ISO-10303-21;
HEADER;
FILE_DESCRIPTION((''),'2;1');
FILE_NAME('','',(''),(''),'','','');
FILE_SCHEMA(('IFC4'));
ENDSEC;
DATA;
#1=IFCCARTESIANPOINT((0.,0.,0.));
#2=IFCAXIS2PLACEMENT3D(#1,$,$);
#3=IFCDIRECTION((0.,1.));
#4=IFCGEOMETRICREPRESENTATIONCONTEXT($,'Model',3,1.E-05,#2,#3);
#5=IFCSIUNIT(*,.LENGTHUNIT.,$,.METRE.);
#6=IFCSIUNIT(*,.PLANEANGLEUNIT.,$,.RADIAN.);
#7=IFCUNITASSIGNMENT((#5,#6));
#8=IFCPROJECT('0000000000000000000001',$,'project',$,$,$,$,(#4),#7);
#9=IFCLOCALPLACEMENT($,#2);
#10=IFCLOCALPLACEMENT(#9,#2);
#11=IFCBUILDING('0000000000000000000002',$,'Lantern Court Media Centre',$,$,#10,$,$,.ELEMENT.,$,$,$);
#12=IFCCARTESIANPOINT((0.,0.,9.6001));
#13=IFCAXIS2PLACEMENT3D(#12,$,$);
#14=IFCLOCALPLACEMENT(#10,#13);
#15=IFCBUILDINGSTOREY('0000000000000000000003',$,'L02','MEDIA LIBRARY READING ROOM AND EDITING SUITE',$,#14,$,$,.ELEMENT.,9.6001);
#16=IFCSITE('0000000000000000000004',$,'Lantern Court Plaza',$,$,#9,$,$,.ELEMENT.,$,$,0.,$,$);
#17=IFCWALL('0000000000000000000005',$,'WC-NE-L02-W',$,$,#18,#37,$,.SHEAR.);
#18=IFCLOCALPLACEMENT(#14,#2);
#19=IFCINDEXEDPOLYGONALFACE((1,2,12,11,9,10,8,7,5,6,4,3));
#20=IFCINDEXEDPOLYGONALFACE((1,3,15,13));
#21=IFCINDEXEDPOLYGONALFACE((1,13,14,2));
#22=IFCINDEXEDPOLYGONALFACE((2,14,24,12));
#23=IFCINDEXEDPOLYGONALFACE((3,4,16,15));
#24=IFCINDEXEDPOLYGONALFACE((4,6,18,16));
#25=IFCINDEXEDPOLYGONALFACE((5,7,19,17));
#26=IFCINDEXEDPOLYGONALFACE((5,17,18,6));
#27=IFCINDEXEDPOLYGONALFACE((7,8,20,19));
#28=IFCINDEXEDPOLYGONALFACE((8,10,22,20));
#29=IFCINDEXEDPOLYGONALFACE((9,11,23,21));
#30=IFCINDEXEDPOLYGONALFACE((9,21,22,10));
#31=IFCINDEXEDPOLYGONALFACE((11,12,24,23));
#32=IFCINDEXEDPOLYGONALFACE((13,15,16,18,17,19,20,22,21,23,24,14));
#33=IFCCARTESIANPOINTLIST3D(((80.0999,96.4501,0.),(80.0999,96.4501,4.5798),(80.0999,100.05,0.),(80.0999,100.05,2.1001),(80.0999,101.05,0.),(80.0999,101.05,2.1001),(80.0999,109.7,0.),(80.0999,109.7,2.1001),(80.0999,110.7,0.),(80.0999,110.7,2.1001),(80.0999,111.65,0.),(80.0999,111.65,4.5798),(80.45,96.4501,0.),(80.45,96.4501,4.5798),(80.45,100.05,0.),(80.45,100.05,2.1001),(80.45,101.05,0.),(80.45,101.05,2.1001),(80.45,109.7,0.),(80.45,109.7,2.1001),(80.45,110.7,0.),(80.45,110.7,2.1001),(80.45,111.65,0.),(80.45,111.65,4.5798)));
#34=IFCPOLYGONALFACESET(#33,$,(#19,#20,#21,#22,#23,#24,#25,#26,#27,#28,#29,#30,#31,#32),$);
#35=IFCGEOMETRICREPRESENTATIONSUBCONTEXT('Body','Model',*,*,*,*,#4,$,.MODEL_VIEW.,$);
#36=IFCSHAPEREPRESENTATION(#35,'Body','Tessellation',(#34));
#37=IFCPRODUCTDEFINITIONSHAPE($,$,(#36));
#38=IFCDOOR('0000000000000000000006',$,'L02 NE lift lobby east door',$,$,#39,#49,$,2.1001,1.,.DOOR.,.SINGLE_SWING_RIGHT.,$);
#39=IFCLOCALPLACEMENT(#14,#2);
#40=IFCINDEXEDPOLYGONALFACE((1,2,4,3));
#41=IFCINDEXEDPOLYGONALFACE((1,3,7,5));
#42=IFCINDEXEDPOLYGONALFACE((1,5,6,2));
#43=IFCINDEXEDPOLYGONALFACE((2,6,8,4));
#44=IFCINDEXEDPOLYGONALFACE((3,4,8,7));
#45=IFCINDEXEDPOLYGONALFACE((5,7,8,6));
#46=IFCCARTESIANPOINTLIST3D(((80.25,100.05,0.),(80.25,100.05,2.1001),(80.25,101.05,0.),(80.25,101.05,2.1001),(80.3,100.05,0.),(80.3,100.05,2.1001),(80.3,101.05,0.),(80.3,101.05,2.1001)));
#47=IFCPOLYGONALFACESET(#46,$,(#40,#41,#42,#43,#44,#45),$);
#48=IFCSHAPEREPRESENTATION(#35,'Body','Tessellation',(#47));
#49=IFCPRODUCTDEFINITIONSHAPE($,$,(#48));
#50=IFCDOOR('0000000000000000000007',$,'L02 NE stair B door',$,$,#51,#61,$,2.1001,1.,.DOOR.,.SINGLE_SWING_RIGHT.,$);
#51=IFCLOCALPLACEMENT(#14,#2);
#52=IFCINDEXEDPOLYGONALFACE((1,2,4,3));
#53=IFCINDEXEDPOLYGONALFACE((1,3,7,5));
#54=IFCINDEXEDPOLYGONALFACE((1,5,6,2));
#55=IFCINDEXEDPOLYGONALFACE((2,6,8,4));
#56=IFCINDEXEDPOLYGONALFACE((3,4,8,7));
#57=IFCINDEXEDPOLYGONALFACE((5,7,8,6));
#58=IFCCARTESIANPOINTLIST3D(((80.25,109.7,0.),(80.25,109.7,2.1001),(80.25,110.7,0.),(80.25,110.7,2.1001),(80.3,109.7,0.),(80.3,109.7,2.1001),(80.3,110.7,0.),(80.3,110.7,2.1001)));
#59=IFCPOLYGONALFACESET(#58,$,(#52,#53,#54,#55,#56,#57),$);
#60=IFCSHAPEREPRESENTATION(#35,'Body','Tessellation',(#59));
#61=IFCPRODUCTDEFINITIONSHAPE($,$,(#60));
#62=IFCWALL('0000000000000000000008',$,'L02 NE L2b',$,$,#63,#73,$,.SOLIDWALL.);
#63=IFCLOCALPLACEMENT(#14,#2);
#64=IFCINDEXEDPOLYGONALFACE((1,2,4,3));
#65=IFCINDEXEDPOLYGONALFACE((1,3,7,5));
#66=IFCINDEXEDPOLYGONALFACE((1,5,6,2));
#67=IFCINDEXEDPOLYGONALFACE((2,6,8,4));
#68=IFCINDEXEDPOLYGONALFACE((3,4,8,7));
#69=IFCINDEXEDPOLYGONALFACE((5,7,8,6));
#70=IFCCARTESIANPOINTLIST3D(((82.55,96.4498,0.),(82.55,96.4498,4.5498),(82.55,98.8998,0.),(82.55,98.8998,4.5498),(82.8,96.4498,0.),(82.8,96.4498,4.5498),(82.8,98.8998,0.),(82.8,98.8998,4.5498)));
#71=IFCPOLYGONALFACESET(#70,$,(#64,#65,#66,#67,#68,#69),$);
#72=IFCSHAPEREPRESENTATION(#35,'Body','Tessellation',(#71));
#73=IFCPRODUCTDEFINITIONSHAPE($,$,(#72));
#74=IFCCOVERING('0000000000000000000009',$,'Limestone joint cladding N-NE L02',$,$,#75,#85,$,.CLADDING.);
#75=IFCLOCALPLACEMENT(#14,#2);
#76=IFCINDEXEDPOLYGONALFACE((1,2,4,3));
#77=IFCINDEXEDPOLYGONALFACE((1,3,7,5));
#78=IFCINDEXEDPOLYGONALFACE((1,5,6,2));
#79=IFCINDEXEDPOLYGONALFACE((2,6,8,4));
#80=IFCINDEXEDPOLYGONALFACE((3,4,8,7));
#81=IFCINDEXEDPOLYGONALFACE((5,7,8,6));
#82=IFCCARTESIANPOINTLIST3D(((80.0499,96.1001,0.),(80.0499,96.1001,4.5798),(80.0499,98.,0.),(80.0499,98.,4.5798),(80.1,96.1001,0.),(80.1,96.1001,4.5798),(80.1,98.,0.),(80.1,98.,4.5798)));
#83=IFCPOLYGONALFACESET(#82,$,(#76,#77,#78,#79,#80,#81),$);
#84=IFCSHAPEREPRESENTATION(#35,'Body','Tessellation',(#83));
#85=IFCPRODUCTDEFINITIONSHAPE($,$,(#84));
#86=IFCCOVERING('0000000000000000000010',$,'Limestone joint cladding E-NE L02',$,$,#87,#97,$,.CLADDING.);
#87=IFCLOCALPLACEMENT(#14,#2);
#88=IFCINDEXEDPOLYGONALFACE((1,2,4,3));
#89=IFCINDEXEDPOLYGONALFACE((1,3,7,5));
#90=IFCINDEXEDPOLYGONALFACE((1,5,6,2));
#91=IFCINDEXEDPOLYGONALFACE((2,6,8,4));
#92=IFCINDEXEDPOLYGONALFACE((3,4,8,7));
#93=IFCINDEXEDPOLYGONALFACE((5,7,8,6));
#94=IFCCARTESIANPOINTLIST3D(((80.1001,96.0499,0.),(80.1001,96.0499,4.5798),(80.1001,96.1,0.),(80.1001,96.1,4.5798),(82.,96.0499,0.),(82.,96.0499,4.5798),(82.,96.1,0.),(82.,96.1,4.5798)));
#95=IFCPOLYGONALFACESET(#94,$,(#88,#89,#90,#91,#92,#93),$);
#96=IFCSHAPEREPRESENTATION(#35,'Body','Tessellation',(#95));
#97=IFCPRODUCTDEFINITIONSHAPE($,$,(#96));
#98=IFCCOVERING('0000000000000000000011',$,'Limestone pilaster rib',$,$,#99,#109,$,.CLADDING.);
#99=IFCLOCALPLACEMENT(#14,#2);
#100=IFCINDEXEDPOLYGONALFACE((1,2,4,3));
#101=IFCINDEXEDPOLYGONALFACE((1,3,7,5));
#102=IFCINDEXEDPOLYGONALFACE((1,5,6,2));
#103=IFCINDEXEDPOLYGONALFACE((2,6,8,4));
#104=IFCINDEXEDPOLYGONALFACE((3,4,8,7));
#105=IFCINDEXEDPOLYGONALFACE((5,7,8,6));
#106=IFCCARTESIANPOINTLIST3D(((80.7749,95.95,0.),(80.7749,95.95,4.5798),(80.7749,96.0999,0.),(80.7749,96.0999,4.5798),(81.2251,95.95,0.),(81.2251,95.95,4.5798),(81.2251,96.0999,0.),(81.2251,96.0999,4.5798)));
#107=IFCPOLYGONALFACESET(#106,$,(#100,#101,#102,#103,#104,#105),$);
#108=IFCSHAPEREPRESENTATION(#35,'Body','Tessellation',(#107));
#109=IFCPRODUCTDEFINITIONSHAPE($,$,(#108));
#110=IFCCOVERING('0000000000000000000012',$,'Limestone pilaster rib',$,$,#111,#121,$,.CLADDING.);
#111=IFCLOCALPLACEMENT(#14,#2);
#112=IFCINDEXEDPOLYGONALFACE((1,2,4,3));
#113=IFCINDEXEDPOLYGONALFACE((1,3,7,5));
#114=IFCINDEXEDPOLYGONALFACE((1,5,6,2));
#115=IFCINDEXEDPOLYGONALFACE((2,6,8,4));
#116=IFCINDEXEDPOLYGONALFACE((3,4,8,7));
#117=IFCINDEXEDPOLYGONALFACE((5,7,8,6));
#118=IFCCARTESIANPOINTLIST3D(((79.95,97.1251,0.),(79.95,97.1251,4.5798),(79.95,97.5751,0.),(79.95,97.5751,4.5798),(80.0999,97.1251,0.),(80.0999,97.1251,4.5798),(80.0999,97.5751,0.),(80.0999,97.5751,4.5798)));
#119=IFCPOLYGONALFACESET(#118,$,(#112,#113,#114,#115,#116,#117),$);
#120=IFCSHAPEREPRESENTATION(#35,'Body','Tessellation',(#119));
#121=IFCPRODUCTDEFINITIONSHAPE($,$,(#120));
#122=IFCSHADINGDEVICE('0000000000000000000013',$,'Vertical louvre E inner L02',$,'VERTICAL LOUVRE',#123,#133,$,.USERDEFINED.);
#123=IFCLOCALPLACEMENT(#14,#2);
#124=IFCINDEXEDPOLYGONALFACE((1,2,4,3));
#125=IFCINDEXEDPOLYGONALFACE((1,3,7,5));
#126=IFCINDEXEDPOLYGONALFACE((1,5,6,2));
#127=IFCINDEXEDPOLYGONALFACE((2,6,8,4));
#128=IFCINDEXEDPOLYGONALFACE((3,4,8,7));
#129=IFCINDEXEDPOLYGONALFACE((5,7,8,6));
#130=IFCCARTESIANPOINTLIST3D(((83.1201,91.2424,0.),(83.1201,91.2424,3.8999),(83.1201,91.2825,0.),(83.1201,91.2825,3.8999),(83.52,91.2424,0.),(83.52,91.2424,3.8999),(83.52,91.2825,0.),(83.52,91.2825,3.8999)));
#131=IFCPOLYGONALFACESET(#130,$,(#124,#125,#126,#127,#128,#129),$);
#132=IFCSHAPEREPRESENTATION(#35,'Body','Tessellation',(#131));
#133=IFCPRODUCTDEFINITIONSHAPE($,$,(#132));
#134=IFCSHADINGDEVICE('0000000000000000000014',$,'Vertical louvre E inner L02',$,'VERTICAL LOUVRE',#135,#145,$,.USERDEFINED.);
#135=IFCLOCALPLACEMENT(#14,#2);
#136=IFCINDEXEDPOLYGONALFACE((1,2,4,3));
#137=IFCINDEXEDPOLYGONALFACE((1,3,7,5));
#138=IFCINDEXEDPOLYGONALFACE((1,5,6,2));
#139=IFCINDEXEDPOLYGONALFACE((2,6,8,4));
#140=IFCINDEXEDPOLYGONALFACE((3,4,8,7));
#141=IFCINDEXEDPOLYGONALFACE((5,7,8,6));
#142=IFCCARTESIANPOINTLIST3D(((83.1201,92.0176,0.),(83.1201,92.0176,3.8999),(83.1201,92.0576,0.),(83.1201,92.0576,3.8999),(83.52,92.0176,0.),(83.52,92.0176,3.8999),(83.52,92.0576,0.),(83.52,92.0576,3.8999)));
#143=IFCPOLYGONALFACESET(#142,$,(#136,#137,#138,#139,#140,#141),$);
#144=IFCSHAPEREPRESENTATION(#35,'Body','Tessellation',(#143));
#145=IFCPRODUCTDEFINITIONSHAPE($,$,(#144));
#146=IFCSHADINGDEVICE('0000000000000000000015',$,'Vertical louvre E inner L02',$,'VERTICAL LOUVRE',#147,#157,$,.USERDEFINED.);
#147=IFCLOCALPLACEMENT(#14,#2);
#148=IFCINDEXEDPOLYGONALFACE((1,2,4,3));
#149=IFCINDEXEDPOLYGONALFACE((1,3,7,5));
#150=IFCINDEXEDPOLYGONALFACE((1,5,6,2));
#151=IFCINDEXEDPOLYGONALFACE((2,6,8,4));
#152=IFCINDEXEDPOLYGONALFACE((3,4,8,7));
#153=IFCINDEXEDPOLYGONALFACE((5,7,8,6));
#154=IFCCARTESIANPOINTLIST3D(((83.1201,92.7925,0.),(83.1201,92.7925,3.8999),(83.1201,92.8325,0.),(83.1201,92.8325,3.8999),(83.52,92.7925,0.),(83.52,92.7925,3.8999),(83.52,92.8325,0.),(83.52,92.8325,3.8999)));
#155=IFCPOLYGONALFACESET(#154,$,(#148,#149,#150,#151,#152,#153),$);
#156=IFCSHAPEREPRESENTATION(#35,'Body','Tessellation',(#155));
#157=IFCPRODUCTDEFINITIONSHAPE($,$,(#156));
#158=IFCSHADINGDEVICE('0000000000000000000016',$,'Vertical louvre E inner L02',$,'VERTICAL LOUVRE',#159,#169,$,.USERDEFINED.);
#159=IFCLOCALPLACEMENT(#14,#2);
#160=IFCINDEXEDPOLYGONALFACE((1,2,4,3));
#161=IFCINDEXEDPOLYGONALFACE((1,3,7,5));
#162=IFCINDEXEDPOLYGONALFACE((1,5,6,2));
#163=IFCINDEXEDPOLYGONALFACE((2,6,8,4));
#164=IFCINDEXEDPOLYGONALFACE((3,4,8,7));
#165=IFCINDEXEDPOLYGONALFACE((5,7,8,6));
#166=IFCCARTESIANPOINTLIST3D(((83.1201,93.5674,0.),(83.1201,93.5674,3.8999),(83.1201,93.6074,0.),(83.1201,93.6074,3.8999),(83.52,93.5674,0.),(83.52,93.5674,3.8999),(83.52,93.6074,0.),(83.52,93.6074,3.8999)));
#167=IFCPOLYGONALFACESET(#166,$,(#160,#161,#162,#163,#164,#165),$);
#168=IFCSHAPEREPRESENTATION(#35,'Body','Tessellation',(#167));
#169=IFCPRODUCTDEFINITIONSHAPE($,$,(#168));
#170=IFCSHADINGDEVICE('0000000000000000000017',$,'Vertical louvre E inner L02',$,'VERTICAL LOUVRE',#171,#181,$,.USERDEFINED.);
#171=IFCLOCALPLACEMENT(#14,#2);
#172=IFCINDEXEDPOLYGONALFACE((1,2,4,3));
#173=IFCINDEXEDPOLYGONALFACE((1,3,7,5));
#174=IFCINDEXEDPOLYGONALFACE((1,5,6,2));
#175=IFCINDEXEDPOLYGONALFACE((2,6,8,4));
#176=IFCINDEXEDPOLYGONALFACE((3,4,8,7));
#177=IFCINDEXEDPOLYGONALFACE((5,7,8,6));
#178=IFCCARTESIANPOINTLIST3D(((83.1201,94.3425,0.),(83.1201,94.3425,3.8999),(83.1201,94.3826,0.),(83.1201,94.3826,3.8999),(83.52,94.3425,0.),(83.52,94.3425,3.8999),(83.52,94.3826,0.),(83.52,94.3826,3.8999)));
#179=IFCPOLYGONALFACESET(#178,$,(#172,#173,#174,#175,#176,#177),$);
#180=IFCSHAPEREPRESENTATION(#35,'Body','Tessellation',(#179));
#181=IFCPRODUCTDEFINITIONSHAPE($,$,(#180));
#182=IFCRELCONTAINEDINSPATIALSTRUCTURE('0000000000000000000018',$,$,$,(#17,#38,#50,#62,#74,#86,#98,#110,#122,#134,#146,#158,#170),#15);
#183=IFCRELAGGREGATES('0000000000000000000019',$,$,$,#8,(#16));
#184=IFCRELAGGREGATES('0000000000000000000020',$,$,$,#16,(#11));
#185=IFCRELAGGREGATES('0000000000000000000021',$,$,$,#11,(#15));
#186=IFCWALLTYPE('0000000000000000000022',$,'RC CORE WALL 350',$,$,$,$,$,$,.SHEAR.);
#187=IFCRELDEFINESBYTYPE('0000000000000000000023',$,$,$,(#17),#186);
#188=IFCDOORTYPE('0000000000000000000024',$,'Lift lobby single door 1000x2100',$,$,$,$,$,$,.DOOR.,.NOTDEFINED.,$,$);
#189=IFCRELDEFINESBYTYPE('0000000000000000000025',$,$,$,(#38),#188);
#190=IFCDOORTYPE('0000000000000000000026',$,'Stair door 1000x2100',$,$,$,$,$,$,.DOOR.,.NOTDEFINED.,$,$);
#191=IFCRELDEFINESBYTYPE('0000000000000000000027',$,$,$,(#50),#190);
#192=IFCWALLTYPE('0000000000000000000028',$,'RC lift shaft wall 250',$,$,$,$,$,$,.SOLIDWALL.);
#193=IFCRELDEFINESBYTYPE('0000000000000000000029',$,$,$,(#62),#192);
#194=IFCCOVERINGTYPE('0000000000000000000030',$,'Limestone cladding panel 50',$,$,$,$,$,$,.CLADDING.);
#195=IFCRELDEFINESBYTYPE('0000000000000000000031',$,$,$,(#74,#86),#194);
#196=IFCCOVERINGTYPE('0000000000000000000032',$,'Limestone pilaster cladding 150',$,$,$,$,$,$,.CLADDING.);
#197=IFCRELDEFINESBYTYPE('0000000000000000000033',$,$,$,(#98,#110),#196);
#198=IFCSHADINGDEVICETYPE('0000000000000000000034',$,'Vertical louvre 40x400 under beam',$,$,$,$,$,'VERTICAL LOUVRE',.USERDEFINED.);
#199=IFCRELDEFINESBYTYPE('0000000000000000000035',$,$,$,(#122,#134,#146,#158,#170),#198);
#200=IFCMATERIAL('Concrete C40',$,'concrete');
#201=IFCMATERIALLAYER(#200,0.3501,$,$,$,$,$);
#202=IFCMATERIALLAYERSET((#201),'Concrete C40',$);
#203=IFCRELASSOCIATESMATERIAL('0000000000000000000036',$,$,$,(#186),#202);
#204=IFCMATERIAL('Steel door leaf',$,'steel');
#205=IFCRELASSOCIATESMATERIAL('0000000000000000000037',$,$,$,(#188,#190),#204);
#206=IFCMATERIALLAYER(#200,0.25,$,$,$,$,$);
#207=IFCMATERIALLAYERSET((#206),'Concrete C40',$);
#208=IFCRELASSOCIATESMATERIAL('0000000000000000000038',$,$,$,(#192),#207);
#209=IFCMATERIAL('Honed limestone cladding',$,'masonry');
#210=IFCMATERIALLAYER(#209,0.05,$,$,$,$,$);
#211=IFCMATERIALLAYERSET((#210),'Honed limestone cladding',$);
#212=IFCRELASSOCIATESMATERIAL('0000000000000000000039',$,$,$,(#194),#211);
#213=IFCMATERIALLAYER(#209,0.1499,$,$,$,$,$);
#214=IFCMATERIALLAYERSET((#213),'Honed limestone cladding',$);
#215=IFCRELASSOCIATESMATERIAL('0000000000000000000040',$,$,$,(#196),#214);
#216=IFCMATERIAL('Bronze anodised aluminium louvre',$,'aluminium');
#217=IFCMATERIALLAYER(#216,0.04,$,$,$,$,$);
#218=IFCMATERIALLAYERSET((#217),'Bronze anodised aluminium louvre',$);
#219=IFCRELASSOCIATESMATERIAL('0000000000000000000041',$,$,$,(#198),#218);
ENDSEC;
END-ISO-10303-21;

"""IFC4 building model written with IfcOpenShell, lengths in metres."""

from ifc_helpers import new_model, si_unit, direction, frame, frame_2d, origin, origin_2d, place, context, subcontext, project, spatial, rectangle, extrude, material, layer, layer_set, type_object, element, fill, save


model = new_model("IFC4")

# Units and contexts
model_context = context("Model", 3, precision=1e-05, world=origin(), true_north=direction((0.0, 1.0)))
body_context = subcontext(model_context, "Body", "Model", "MODEL_VIEW")
ifc_project = project(units=[si_unit("LENGTHUNIT", "METRE"), si_unit("PLANEANGLEUNIT", "RADIAN")], contexts=[model_context])

# Site, building, storey
site_placement = place(None, origin())
site = spatial("IfcSite", under=ifc_project, at=site_placement, Name="Lantern Court Plaza", CompositionType="ELEMENT", RefElevation=0.0)
building_placement = place(site_placement, origin())
building = spatial("IfcBuilding", under=site, at=building_placement, Name="Lantern Court Media Centre", CompositionType="ELEMENT")
storey_placement = place(building_placement, frame((0.0, 0.0, 9.6001)))
storey = spatial("IfcBuildingStorey", under=building, at=storey_placement, Name="L02", Description="MEDIA LIBRARY READING ROOM AND EDITING SUITE", CompositionType="ELEMENT", Elevation=9.6001)

# Shared definitions
ifc_material_1 = material(Name="Concrete C40", Category="concrete")
ifc_layer_1 = layer(ifc_material_1, 0.3501)
ifc_layer_set_1 = layer_set([ifc_layer_1], Name="Concrete C40")
wall_type_1 = type_object("IfcWallType", Name="RC CORE WALL 350", PredefinedType="SHEAR", material=ifc_layer_set_1)

# Wall, openings, doors
wall_1_placement = place(storey_placement, frame((80.2749, 96.45, 0.0), z_axis=(0.0, 0.0, 1.0), x_axis=(0.0, 1.0, 0.0)))
wall_1 = element("IfcWall", 1, at=wall_1_placement, inside=storey, type_object=wall_type_1, Name="WC-NE-L02-W", PredefinedType="SHEAR", context=body_context, shape_type="SweptSolid", body=[
    extrude(rectangle(XDim=15.2, YDim=0.3501, at=frame_2d((7.6001, 0.0))), origin(), (0.0, 0.0, 1.0), 4.5798),
])
opening_1_placement = place(wall_1_placement, frame((13.25, 0.0, 0.0)))
opening_1 = element("IfcOpeningElement", 2, at=opening_1_placement, cuts=wall_1, PredefinedType="OPENING", context=body_context, shape_type="SweptSolid", body=[
    extrude(rectangle(XDim=1.0, YDim=2.1001, at=frame_2d((0.5, 1.05))), frame((0.0, 0.1851, 0.0), z_axis=(0.0, -1.0, 0.0), x_axis=(1.0, 0.0, 0.0)), (0.0, 0.0, 1.0), 0.3701),
])
opening_2_placement = place(wall_1_placement, frame((3.6001, 0.0, 0.0)))
opening_2 = element("IfcOpeningElement", 3, at=opening_2_placement, cuts=wall_1, PredefinedType="OPENING", context=body_context, shape_type="SweptSolid", body=[
    extrude(rectangle(XDim=1.0, YDim=2.1001, at=frame_2d((0.5, 1.05))), frame((0.0, 0.1851, 0.0), z_axis=(0.0, -1.0, 0.0), x_axis=(1.0, 0.0, 0.0)), (0.0, 0.0, 1.0), 0.3701),
])
ifc_material_2 = material(Name="Steel door leaf", Category="steel")
door_type_1 = type_object("IfcDoorType", Name="Lift lobby single door 1000x2100", OperationType="NOTDEFINED", PredefinedType="DOOR", material=ifc_material_2)
door_1_placement = place(opening_2_placement, origin())
door_1 = element("IfcDoor", 4, at=door_1_placement, inside=storey, type_object=door_type_1, Name="L02 NE lift lobby east door", OperationType="SINGLE_SWING_RIGHT", OverallHeight=2.1001, OverallWidth=1.0, PredefinedType="DOOR", context=body_context, shape_type="SweptSolid", body=[
    extrude(rectangle(XDim=1.0, YDim=2.1001, at=frame_2d((0.5, 1.05))), frame((0.0, 0.0249, 0.0), z_axis=(0.0, -1.0, 0.0), x_axis=(1.0, 0.0, 0.0)), (0.0, 0.0, 1.0), 0.05),
])
fill(opening_2, door_1)
door_type_2 = type_object("IfcDoorType", Name="Stair door 1000x2100", OperationType="NOTDEFINED", PredefinedType="DOOR", material=ifc_material_2)
door_2_placement = place(opening_1_placement, origin())
door_2 = element("IfcDoor", 5, at=door_2_placement, inside=storey, type_object=door_type_2, Name="L02 NE stair B door", OperationType="SINGLE_SWING_RIGHT", OverallHeight=2.1001, OverallWidth=1.0, PredefinedType="DOOR", context=body_context, shape_type="SweptSolid", body=[
    extrude(rectangle(XDim=1.0, YDim=2.1001, at=frame_2d((0.5, 1.05))), frame((0.0, 0.0249, 0.0), z_axis=(0.0, -1.0, 0.0), x_axis=(1.0, 0.0, 0.0)), (0.0, 0.0, 1.0), 0.05),
])
fill(opening_1, door_2)

# Wall
ifc_layer_2 = layer(ifc_material_1, 0.25)
ifc_layer_set_2 = layer_set([ifc_layer_2], Name="Concrete C40")
wall_type_2 = type_object("IfcWallType", Name="RC lift shaft wall 250", PredefinedType="SOLIDWALL", material=ifc_layer_set_2)
wall_2_placement = place(storey_placement, frame((82.675, 98.8999, 0.0), z_axis=(0.0, 0.0, 1.0), x_axis=(0.0, -1.0, 0.0)))
element("IfcWall", 6, at=wall_2_placement, inside=storey, type_object=wall_type_2, Name="L02 NE L2b", PredefinedType="SOLIDWALL", context=body_context, shape_type="SweptSolid", body=[
    extrude(rectangle(XDim=2.45, YDim=0.25, at=frame_2d((1.2251, 0.0))), origin(), (0.0, 0.0, 1.0), 4.5498),
])

# Coverings
ifc_material_3 = material(Name="Honed limestone cladding", Category="masonry")
ifc_layer_3 = layer(ifc_material_3, 0.05)
ifc_layer_set_3 = layer_set([ifc_layer_3], Name="Honed limestone cladding")
covering_type_1 = type_object("IfcCoveringType", Name="Limestone cladding panel 50", PredefinedType="CLADDING", material=ifc_layer_set_3)
for number, where, z_axis, x_axis, name in (
    (7, (80.075, 96.1001, 0.0), (0.0, 0.0, 1.0), (0.0, 1.0, 0.0), "Limestone joint cladding N-NE L02"),
    (8, (80.1001, 96.075, 0.0), (0.0, 0.0, 1.0), (1.0, 0.0, 0.0), "Limestone joint cladding E-NE L02"),
):
    element("IfcCovering", number, at=place(storey_placement, frame(where, z_axis=z_axis, x_axis=x_axis)), inside=storey, type_object=covering_type_1, Name=name, PredefinedType="CLADDING", context=body_context, shape_type="SweptSolid", body=[
        extrude(rectangle(XDim=1.8999, YDim=0.05, at=frame_2d((0.95, 0.0))), origin(), (0.0, 0.0, 1.0), 4.5798),
    ])
ifc_layer_4 = layer(ifc_material_3, 0.1499)
ifc_layer_set_4 = layer_set([ifc_layer_4], Name="Honed limestone cladding")
covering_type_2 = type_object("IfcCoveringType", Name="Limestone pilaster cladding 150", PredefinedType="CLADDING", material=ifc_layer_set_4)
covering_1_placement = place(storey_placement, frame((80.7749, 96.0249, 0.0), z_axis=(0.0, 0.0, 1.0), x_axis=(1.0, 0.0, 0.0)))
element("IfcCovering", 9, at=covering_1_placement, inside=storey, type_object=covering_type_2, Name="Limestone pilaster rib", PredefinedType="CLADDING", context=body_context, shape_type="SweptSolid", body=[
    extrude(rectangle(XDim=0.4502, YDim=0.1499, at=frame_2d((0.2251, 0.0))), origin(), (0.0, 0.0, 1.0), 4.5798),
])
covering_2_placement = place(storey_placement, frame((80.0249, 97.125, 0.0), z_axis=(0.0, 0.0, 1.0), x_axis=(0.0, 1.0, 0.0)))
element("IfcCovering", 10, at=covering_2_placement, inside=storey, type_object=covering_type_2, Name="Limestone pilaster rib", PredefinedType="CLADDING", context=body_context, shape_type="SweptSolid", body=[
    extrude(rectangle(XDim=0.45, YDim=0.1499, at=frame_2d((0.2251, 0.0))), origin(), (0.0, 0.0, 1.0), 4.5798),
])

# Shading devices
ifc_material_4 = material(Name="Bronze anodised aluminium louvre", Category="aluminium")
ifc_layer_5 = layer(ifc_material_4, 0.04)
ifc_layer_set_5 = layer_set([ifc_layer_5], Name="Bronze anodised aluminium louvre")
shading_device_type = type_object("IfcShadingDeviceType", Name="Vertical louvre 40x400 under beam", ElementType="VERTICAL LOUVRE", PredefinedType="USERDEFINED", material=ifc_layer_set_5)
for number, where, z_axis, x_axis, name in (
    (11, (83.3201, 91.2625, 0.0), (0.0, 0.0, 1.0), (1.0, 0.0, 0.0), "Vertical louvre E inner L02"),
    (12, (83.3201, 92.0376, 0.0), (0.0, 0.0, 1.0), (1.0, 0.0, 0.0), "Vertical louvre E inner L02"),
    (13, (83.3201, 92.8125, 0.0), (0.0, 0.0, 1.0), (1.0, 0.0, 0.0), "Vertical louvre E inner L02"),
    (14, (83.3201, 93.5874, 0.0), (0.0, 0.0, 1.0), (1.0, 0.0, 0.0), "Vertical louvre E inner L02"),
    (15, (83.3201, 94.3625, 0.0), (0.0, 0.0, 1.0), (1.0, 0.0, 0.0), "Vertical louvre E inner L02"),
):
    element("IfcShadingDevice", number, at=place(storey_placement, frame(where, z_axis=z_axis, x_axis=x_axis)), inside=storey, type_object=shading_device_type, Name=name, ObjectType="VERTICAL LOUVRE", PredefinedType="USERDEFINED", context=body_context, shape_type="SweptSolid", body=[
        extrude(rectangle(XDim=0.3999, YDim=0.04, at=origin_2d()), origin(), (0.0, 0.0, 1.0), 3.8999),
    ])

save(model, "model.ifc")
